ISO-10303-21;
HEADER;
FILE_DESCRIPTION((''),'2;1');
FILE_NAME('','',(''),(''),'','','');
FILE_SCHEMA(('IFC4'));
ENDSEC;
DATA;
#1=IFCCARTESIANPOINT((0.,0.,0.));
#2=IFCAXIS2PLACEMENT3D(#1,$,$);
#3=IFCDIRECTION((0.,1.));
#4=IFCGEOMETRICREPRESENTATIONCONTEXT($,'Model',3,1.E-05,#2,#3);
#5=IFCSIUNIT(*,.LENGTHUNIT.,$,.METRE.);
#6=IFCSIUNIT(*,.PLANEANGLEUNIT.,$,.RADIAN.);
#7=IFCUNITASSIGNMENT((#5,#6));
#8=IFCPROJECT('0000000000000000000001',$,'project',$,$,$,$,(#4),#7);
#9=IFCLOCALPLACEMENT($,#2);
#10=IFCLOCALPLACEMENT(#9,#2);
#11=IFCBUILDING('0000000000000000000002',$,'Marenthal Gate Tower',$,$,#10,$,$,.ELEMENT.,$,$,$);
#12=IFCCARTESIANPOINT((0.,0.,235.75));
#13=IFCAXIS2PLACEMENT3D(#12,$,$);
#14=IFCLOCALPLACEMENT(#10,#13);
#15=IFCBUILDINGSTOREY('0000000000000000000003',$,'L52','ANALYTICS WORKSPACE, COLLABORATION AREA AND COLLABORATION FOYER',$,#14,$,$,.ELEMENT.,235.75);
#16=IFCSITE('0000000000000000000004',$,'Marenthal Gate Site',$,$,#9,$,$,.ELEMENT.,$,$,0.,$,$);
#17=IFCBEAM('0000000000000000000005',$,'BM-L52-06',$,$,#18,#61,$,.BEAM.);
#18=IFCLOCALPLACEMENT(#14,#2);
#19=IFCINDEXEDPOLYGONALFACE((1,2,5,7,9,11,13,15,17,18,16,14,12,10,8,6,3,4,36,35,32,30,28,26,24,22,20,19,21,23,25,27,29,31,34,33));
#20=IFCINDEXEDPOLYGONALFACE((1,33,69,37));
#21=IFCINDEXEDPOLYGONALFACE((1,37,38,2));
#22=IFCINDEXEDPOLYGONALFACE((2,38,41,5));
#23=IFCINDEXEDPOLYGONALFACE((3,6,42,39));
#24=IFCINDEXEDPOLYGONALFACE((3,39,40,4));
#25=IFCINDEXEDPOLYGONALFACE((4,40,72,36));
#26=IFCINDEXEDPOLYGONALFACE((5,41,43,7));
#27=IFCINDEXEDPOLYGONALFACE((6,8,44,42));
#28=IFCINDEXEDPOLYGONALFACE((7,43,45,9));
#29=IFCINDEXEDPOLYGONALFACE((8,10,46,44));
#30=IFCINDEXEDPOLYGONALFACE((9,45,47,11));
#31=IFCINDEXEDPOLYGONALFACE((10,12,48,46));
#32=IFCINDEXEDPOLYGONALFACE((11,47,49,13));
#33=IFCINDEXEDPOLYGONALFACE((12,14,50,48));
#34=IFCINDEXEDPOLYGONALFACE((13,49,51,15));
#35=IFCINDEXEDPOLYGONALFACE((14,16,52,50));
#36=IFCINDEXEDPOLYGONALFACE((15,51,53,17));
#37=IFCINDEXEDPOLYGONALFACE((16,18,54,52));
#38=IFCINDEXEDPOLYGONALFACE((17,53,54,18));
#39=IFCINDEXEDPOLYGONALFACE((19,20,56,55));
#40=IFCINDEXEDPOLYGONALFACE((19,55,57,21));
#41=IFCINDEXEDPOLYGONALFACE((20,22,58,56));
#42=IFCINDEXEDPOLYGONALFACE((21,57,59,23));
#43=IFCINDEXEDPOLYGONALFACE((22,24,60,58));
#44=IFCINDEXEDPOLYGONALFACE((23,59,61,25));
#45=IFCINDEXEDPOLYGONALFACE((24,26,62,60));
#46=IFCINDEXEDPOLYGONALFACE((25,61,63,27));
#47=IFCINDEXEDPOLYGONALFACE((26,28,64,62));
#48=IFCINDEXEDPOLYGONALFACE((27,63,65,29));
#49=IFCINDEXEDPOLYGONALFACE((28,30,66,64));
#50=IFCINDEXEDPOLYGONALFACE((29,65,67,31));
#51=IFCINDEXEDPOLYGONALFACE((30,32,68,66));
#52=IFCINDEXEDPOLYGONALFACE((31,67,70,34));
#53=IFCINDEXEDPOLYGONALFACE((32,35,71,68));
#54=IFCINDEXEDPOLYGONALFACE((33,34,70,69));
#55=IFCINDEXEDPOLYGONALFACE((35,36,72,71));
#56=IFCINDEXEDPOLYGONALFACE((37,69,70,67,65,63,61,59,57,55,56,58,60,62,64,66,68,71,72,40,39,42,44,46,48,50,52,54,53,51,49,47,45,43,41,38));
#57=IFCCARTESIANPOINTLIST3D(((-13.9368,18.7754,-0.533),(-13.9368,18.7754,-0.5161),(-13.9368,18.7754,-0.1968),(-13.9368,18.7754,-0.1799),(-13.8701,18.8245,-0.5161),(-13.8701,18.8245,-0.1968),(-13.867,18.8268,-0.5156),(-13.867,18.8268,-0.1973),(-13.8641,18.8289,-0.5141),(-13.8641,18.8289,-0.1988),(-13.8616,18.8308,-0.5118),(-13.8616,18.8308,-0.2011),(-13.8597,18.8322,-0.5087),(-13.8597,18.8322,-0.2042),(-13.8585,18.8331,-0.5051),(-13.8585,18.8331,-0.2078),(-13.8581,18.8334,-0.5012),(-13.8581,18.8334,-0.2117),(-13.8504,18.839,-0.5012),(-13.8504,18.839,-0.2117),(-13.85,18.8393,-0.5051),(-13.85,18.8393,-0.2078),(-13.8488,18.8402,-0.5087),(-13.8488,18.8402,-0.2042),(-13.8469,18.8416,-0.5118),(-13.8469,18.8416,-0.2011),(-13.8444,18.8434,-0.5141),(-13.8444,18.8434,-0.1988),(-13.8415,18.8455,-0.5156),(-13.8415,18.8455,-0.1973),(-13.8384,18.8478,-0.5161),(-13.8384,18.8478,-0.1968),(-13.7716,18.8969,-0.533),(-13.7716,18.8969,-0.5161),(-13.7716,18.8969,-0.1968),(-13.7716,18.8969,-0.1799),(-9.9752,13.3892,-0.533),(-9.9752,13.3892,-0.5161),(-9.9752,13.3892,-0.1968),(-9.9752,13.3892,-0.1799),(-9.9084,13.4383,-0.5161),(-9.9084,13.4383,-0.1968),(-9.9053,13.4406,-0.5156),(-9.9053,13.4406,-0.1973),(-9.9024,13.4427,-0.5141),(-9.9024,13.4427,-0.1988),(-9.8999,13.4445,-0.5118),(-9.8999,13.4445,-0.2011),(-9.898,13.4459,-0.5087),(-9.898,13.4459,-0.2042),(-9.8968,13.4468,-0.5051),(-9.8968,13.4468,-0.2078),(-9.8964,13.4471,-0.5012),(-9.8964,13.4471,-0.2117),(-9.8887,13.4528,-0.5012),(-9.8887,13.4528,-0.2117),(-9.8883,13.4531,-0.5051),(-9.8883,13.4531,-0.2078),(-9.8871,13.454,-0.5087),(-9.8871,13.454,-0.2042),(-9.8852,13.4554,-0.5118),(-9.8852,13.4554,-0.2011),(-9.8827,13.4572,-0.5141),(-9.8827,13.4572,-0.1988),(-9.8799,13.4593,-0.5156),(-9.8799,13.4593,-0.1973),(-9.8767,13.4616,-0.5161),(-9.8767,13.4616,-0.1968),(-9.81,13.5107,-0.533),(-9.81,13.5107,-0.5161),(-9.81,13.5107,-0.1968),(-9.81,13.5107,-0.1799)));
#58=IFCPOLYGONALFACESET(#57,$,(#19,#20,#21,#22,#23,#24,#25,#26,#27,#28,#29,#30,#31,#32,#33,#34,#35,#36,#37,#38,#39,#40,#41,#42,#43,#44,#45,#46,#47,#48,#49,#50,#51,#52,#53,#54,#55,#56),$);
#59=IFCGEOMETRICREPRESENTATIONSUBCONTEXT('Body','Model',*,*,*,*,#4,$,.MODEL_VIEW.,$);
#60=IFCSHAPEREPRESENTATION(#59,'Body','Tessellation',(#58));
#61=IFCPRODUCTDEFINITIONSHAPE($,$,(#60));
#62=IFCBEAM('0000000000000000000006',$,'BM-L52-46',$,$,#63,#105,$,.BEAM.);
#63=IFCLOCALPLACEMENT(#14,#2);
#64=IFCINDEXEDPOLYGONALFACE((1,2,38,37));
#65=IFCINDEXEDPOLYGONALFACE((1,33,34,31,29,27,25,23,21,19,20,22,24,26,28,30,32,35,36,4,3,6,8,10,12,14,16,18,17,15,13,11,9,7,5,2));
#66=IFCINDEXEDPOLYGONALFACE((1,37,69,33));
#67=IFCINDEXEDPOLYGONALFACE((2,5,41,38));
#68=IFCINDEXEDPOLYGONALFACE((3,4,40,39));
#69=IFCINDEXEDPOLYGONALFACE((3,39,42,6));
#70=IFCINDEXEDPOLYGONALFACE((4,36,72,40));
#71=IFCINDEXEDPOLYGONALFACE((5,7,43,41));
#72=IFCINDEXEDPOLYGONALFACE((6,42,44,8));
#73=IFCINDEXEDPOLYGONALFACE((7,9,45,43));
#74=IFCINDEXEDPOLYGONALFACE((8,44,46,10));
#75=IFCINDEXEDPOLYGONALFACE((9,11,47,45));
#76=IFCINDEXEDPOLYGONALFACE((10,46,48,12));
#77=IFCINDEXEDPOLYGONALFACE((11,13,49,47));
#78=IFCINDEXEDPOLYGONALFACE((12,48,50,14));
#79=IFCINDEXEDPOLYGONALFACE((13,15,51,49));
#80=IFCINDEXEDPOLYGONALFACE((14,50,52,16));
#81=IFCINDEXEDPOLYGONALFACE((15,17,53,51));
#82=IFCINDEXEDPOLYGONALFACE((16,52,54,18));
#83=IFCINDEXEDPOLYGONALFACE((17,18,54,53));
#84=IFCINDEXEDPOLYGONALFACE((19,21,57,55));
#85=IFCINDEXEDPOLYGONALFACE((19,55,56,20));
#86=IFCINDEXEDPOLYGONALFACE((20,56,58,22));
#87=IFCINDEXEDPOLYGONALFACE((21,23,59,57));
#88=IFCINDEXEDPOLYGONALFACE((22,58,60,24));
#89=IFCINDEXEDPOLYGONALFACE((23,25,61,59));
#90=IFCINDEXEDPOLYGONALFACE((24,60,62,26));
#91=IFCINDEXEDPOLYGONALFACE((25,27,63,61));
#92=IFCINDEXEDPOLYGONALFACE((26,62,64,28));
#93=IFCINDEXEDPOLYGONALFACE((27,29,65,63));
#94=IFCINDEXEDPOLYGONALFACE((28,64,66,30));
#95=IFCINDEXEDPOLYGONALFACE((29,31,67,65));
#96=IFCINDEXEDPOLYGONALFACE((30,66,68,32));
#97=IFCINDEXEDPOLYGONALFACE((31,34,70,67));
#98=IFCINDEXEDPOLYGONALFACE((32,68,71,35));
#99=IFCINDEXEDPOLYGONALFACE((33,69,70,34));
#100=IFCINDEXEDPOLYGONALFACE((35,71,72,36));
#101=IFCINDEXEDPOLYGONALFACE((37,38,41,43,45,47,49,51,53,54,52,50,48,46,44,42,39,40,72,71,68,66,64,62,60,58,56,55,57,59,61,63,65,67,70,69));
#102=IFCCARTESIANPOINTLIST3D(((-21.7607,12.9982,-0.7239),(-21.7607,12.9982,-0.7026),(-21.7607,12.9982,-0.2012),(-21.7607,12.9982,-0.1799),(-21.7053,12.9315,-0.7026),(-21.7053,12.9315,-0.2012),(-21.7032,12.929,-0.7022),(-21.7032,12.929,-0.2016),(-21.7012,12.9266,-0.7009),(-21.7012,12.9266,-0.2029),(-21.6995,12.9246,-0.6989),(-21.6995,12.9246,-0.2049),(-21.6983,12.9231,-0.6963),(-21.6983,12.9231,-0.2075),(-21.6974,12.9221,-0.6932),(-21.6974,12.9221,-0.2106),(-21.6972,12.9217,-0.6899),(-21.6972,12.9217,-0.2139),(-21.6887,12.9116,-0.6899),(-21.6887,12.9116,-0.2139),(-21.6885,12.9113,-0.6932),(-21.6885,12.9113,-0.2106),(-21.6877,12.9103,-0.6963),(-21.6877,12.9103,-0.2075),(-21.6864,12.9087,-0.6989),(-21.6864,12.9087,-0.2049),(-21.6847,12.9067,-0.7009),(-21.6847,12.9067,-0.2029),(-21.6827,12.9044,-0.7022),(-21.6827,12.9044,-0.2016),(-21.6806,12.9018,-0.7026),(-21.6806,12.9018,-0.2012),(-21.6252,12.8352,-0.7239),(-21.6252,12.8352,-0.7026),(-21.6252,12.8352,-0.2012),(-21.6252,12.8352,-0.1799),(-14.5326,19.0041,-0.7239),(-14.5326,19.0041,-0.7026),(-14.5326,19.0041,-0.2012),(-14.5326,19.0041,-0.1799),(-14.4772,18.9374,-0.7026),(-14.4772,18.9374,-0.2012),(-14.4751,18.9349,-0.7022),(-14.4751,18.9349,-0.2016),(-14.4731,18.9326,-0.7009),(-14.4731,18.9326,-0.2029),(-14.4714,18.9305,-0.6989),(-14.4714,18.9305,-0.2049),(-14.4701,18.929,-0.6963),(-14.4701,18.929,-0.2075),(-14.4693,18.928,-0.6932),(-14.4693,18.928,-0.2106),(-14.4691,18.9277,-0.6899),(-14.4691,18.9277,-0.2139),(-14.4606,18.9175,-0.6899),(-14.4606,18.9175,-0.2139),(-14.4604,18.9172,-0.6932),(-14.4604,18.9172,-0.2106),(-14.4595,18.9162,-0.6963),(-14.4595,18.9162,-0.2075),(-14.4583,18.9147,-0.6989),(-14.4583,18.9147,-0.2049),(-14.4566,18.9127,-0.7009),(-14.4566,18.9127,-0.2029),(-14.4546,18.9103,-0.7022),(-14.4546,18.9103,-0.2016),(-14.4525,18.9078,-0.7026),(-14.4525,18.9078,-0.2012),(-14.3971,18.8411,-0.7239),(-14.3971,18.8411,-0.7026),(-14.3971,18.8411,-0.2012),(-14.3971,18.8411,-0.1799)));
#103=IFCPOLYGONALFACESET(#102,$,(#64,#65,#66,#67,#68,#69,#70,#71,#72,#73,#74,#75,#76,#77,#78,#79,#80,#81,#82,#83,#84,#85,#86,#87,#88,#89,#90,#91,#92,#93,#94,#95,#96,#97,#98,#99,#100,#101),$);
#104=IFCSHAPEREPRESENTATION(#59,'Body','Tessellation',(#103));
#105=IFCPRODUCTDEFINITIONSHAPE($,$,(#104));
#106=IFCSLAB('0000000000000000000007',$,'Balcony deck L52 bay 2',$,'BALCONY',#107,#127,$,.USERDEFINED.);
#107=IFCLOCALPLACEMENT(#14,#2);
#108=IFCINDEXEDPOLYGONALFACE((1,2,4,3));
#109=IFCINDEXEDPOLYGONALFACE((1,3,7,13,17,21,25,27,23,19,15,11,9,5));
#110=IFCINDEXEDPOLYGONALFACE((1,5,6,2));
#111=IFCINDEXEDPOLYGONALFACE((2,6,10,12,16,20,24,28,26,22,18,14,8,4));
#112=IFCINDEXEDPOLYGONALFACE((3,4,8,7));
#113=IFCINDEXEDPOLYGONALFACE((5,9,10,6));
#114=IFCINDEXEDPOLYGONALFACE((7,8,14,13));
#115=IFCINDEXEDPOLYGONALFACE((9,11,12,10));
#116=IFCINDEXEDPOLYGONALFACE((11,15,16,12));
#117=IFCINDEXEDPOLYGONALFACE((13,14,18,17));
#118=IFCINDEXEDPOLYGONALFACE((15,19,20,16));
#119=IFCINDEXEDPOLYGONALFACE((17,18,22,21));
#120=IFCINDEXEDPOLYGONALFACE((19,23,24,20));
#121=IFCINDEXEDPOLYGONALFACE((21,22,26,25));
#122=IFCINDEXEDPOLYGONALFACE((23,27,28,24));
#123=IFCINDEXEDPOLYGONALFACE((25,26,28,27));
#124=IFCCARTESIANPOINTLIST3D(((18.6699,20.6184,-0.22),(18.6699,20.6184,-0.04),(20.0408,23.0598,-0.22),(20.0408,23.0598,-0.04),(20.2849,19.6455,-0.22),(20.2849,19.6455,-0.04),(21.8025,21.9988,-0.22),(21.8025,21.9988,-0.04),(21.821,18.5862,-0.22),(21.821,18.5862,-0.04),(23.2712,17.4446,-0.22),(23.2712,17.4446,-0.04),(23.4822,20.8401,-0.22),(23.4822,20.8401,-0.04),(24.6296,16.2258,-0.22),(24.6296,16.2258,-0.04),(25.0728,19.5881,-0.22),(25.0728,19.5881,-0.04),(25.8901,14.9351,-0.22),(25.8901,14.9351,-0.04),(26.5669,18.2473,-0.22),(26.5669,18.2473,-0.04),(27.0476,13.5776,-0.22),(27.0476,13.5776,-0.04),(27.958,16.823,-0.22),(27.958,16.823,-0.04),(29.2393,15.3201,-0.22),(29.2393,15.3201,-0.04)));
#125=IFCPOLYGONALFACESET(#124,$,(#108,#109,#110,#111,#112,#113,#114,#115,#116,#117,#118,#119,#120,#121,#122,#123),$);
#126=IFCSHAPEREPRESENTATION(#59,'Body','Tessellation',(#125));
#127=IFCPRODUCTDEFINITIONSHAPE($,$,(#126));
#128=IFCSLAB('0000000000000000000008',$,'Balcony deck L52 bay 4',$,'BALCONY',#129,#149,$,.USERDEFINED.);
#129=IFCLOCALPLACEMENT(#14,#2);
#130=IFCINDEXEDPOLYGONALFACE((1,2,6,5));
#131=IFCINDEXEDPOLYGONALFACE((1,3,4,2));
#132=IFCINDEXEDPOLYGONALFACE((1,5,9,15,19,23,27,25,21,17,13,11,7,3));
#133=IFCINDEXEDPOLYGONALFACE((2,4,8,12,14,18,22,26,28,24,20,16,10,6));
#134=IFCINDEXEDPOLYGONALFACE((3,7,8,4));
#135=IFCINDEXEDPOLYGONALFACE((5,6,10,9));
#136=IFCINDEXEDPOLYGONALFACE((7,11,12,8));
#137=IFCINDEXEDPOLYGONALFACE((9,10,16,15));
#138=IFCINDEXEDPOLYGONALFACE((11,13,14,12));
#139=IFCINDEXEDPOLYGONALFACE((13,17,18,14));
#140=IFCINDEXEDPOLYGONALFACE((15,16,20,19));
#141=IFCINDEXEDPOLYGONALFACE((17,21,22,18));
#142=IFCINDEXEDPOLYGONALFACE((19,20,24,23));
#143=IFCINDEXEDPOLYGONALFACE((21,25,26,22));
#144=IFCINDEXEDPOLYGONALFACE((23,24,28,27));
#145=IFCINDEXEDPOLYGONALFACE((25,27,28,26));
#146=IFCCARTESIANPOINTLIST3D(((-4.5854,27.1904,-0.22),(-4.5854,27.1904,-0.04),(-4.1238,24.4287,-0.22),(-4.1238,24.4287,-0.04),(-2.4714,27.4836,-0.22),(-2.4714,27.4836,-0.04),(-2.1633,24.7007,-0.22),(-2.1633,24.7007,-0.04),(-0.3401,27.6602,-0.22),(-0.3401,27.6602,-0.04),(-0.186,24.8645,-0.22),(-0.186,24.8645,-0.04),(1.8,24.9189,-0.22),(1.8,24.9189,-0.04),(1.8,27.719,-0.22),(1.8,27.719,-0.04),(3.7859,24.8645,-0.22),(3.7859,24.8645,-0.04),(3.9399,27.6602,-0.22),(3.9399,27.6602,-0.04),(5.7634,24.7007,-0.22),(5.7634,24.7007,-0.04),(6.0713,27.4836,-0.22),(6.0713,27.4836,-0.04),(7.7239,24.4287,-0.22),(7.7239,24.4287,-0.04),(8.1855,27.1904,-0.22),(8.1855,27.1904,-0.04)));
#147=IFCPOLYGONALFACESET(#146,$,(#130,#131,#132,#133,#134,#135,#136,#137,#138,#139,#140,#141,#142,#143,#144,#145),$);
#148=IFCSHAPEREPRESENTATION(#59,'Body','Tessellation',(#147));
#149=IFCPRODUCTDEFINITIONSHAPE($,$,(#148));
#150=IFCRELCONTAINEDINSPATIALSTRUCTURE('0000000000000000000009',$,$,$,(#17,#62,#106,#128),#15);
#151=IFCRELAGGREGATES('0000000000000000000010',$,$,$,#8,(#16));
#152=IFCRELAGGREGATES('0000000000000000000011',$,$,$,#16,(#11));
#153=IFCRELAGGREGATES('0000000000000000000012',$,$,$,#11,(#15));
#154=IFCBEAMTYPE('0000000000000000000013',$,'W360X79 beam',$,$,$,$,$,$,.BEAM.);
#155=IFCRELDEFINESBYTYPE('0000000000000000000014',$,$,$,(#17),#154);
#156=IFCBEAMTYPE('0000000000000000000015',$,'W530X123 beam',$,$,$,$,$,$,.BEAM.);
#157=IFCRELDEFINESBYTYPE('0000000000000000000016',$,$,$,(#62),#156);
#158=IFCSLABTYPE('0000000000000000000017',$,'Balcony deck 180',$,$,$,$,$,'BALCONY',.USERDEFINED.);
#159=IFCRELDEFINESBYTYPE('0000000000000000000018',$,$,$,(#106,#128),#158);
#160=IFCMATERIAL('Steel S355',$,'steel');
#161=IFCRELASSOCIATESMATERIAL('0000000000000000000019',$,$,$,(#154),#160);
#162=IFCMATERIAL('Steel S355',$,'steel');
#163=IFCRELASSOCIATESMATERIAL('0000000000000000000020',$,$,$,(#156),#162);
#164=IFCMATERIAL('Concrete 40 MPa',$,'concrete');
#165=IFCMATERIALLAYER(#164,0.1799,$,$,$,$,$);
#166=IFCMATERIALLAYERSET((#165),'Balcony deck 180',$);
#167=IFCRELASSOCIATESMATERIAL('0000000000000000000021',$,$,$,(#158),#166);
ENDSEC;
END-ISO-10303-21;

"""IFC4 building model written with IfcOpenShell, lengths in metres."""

from ifc_helpers import new_model, si_unit, direction, frame, origin, origin_2d, place, context, subcontext, project, spatial, polyline, i_section, outline, extrude, material, layer, layer_set, material_profile, profile_set, type_object, element, save


model = new_model("IFC4")

# Units and contexts
model_context = context("Model", 3, precision=1e-05, world=origin(), true_north=direction((0.0, 1.0)))
body_context = subcontext(model_context, "Body", "Model", "MODEL_VIEW")
ifc_project = project(units=[si_unit("LENGTHUNIT", "METRE"), si_unit("PLANEANGLEUNIT", "RADIAN")], contexts=[model_context])

# Site, building, storey
site_placement = place(None, origin())
site = spatial("IfcSite", under=ifc_project, at=site_placement, Name="Marenthal Gate Site", CompositionType="ELEMENT", RefElevation=0.0)
building_placement = place(site_placement, origin())
building = spatial("IfcBuilding", under=site, at=building_placement, Name="Marenthal Gate Tower", CompositionType="ELEMENT")
storey_placement = place(building_placement, frame((0.0, 0.0, 235.75)))
storey = spatial("IfcBuildingStorey", under=building, at=storey_placement, Name="L52", Description="ANALYTICS WORKSPACE, COLLABORATION AREA AND COLLABORATION FOYER", CompositionType="ELEMENT", Elevation=235.75)

# Beams
ifc_material_1 = material(Name="Steel S355", Category="steel")
ifc_material_profile_1 = material_profile(ifc_material_1, i_section(OverallWidth=0.2051, OverallDepth=0.353, WebThickness=0.0095, FlangeThickness=0.0168, FilletRadius=0.0149, at=origin_2d()), Name="W360X79")
ifc_profile_set_1 = profile_set([ifc_material_profile_1], Name="Steel S355")
beam_type_1 = type_object("IfcBeamType", Name="W360X79 beam", PredefinedType="BEAM", material=ifc_profile_set_1)
beam_1_placement = place(storey_placement, frame((-13.8542, 18.8362, -0.3564), z_axis=(0.592508, -0.805565, 0.0), x_axis=(0.805565, 0.592508, 0.0)))
element("IfcBeam", 1, at=beam_1_placement, inside=storey, type_object=beam_type_1, Name="BM-L52-06", PredefinedType="BEAM", context=body_context, shape_type="SweptSolid", body=[
    extrude(i_section(OverallWidth=0.2051, OverallDepth=0.353, WebThickness=0.0095, FlangeThickness=0.0168, FilletRadius=0.0149, at=origin_2d()), origin(), (0.0, 0.0, 1.0), 6.6863),
])
ifc_material_2 = material(Name="Steel S355", Category="steel")
ifc_material_profile_2 = material_profile(ifc_material_2, i_section(OverallWidth=0.2119, OverallDepth=0.5439, WebThickness=0.0132, FlangeThickness=0.0212, FilletRadius=0.0127, at=origin_2d()), Name="W530X123")
ifc_profile_set_2 = profile_set([ifc_material_profile_2], Name="Steel S355")
beam_type_2 = type_object("IfcBeamType", Name="W530X123 beam", PredefinedType="BEAM", material=ifc_profile_set_2)
beam_2_placement = place(storey_placement, frame((-14.4648, 18.9226, -0.4519), z_axis=(-0.769136, -0.639085, 0.0), x_axis=(0.639085, -0.769136, 0.0)))
element("IfcBeam", 2, at=beam_2_placement, inside=storey, type_object=beam_type_2, Name="BM-L52-46", PredefinedType="BEAM", context=body_context, shape_type="SweptSolid", body=[
    extrude(i_section(OverallWidth=0.2119, OverallDepth=0.5439, WebThickness=0.0132, FlangeThickness=0.0212, FilletRadius=0.0127, at=origin_2d()), origin(), (0.0, 0.0, 1.0), 9.3977),
])

# Slabs
ifc_material_3 = material(Name="Concrete 40 MPa", Category="concrete")
ifc_layer_1 = layer(ifc_material_3, 0.1799)
ifc_layer_set_1 = layer_set([ifc_layer_1], Name="Balcony deck 180")
slab_type_1 = type_object("IfcSlabType", Name="Balcony deck 180", ElementType="BALCONY", PredefinedType="USERDEFINED", material=ifc_layer_set_1)
slab_1_placement = place(storey_placement, frame((0.0, 0.0, -0.22)))
element("IfcSlab", 3, at=slab_1_placement, inside=storey, type_object=slab_type_1, Name="Balcony deck L52 bay 2", ObjectType="BALCONY", PredefinedType="USERDEFINED", context=body_context, shape_type="SweptSolid", body=[
    extrude(outline(polyline([(27.0476, 13.5776), (25.8901, 14.9351), (24.6296, 16.2258), (23.2712, 17.4446), (21.821, 18.5862), (20.2849, 19.6455), (18.6699, 20.6184), (20.0408, 23.0598), (21.8025, 21.9988), (23.4822, 20.8401), (25.0728, 19.5881), (26.5669, 18.2473), (27.958, 16.823), (29.2393, 15.3201), (27.0476, 13.5776)])), origin(), (0.0, 0.0, 1.0), 0.1799),
])
slab_2_placement = place(storey_placement, frame((0.0, 0.0, -0.22)))
element("IfcSlab", 4, at=slab_2_placement, inside=storey, type_object=slab_type_1, Name="Balcony deck L52 bay 4", ObjectType="BALCONY", PredefinedType="USERDEFINED", context=body_context, shape_type="SweptSolid", body=[
    extrude(outline(polyline([(7.7239, 24.4287), (5.7634, 24.7007), (3.7859, 24.8645), (1.8, 24.9189), (-0.186, 24.8645), (-2.1633, 24.7007), (-4.1238, 24.4287), (-4.5854, 27.1904), (-2.4714, 27.4836), (-0.3401, 27.6602), (1.8, 27.719), (3.9399, 27.6602), (6.0713, 27.4836), (8.1855, 27.1904), (7.7239, 24.4287)])), origin(), (0.0, 0.0, 1.0), 0.1799),
])

save(model, "model.ifc")
